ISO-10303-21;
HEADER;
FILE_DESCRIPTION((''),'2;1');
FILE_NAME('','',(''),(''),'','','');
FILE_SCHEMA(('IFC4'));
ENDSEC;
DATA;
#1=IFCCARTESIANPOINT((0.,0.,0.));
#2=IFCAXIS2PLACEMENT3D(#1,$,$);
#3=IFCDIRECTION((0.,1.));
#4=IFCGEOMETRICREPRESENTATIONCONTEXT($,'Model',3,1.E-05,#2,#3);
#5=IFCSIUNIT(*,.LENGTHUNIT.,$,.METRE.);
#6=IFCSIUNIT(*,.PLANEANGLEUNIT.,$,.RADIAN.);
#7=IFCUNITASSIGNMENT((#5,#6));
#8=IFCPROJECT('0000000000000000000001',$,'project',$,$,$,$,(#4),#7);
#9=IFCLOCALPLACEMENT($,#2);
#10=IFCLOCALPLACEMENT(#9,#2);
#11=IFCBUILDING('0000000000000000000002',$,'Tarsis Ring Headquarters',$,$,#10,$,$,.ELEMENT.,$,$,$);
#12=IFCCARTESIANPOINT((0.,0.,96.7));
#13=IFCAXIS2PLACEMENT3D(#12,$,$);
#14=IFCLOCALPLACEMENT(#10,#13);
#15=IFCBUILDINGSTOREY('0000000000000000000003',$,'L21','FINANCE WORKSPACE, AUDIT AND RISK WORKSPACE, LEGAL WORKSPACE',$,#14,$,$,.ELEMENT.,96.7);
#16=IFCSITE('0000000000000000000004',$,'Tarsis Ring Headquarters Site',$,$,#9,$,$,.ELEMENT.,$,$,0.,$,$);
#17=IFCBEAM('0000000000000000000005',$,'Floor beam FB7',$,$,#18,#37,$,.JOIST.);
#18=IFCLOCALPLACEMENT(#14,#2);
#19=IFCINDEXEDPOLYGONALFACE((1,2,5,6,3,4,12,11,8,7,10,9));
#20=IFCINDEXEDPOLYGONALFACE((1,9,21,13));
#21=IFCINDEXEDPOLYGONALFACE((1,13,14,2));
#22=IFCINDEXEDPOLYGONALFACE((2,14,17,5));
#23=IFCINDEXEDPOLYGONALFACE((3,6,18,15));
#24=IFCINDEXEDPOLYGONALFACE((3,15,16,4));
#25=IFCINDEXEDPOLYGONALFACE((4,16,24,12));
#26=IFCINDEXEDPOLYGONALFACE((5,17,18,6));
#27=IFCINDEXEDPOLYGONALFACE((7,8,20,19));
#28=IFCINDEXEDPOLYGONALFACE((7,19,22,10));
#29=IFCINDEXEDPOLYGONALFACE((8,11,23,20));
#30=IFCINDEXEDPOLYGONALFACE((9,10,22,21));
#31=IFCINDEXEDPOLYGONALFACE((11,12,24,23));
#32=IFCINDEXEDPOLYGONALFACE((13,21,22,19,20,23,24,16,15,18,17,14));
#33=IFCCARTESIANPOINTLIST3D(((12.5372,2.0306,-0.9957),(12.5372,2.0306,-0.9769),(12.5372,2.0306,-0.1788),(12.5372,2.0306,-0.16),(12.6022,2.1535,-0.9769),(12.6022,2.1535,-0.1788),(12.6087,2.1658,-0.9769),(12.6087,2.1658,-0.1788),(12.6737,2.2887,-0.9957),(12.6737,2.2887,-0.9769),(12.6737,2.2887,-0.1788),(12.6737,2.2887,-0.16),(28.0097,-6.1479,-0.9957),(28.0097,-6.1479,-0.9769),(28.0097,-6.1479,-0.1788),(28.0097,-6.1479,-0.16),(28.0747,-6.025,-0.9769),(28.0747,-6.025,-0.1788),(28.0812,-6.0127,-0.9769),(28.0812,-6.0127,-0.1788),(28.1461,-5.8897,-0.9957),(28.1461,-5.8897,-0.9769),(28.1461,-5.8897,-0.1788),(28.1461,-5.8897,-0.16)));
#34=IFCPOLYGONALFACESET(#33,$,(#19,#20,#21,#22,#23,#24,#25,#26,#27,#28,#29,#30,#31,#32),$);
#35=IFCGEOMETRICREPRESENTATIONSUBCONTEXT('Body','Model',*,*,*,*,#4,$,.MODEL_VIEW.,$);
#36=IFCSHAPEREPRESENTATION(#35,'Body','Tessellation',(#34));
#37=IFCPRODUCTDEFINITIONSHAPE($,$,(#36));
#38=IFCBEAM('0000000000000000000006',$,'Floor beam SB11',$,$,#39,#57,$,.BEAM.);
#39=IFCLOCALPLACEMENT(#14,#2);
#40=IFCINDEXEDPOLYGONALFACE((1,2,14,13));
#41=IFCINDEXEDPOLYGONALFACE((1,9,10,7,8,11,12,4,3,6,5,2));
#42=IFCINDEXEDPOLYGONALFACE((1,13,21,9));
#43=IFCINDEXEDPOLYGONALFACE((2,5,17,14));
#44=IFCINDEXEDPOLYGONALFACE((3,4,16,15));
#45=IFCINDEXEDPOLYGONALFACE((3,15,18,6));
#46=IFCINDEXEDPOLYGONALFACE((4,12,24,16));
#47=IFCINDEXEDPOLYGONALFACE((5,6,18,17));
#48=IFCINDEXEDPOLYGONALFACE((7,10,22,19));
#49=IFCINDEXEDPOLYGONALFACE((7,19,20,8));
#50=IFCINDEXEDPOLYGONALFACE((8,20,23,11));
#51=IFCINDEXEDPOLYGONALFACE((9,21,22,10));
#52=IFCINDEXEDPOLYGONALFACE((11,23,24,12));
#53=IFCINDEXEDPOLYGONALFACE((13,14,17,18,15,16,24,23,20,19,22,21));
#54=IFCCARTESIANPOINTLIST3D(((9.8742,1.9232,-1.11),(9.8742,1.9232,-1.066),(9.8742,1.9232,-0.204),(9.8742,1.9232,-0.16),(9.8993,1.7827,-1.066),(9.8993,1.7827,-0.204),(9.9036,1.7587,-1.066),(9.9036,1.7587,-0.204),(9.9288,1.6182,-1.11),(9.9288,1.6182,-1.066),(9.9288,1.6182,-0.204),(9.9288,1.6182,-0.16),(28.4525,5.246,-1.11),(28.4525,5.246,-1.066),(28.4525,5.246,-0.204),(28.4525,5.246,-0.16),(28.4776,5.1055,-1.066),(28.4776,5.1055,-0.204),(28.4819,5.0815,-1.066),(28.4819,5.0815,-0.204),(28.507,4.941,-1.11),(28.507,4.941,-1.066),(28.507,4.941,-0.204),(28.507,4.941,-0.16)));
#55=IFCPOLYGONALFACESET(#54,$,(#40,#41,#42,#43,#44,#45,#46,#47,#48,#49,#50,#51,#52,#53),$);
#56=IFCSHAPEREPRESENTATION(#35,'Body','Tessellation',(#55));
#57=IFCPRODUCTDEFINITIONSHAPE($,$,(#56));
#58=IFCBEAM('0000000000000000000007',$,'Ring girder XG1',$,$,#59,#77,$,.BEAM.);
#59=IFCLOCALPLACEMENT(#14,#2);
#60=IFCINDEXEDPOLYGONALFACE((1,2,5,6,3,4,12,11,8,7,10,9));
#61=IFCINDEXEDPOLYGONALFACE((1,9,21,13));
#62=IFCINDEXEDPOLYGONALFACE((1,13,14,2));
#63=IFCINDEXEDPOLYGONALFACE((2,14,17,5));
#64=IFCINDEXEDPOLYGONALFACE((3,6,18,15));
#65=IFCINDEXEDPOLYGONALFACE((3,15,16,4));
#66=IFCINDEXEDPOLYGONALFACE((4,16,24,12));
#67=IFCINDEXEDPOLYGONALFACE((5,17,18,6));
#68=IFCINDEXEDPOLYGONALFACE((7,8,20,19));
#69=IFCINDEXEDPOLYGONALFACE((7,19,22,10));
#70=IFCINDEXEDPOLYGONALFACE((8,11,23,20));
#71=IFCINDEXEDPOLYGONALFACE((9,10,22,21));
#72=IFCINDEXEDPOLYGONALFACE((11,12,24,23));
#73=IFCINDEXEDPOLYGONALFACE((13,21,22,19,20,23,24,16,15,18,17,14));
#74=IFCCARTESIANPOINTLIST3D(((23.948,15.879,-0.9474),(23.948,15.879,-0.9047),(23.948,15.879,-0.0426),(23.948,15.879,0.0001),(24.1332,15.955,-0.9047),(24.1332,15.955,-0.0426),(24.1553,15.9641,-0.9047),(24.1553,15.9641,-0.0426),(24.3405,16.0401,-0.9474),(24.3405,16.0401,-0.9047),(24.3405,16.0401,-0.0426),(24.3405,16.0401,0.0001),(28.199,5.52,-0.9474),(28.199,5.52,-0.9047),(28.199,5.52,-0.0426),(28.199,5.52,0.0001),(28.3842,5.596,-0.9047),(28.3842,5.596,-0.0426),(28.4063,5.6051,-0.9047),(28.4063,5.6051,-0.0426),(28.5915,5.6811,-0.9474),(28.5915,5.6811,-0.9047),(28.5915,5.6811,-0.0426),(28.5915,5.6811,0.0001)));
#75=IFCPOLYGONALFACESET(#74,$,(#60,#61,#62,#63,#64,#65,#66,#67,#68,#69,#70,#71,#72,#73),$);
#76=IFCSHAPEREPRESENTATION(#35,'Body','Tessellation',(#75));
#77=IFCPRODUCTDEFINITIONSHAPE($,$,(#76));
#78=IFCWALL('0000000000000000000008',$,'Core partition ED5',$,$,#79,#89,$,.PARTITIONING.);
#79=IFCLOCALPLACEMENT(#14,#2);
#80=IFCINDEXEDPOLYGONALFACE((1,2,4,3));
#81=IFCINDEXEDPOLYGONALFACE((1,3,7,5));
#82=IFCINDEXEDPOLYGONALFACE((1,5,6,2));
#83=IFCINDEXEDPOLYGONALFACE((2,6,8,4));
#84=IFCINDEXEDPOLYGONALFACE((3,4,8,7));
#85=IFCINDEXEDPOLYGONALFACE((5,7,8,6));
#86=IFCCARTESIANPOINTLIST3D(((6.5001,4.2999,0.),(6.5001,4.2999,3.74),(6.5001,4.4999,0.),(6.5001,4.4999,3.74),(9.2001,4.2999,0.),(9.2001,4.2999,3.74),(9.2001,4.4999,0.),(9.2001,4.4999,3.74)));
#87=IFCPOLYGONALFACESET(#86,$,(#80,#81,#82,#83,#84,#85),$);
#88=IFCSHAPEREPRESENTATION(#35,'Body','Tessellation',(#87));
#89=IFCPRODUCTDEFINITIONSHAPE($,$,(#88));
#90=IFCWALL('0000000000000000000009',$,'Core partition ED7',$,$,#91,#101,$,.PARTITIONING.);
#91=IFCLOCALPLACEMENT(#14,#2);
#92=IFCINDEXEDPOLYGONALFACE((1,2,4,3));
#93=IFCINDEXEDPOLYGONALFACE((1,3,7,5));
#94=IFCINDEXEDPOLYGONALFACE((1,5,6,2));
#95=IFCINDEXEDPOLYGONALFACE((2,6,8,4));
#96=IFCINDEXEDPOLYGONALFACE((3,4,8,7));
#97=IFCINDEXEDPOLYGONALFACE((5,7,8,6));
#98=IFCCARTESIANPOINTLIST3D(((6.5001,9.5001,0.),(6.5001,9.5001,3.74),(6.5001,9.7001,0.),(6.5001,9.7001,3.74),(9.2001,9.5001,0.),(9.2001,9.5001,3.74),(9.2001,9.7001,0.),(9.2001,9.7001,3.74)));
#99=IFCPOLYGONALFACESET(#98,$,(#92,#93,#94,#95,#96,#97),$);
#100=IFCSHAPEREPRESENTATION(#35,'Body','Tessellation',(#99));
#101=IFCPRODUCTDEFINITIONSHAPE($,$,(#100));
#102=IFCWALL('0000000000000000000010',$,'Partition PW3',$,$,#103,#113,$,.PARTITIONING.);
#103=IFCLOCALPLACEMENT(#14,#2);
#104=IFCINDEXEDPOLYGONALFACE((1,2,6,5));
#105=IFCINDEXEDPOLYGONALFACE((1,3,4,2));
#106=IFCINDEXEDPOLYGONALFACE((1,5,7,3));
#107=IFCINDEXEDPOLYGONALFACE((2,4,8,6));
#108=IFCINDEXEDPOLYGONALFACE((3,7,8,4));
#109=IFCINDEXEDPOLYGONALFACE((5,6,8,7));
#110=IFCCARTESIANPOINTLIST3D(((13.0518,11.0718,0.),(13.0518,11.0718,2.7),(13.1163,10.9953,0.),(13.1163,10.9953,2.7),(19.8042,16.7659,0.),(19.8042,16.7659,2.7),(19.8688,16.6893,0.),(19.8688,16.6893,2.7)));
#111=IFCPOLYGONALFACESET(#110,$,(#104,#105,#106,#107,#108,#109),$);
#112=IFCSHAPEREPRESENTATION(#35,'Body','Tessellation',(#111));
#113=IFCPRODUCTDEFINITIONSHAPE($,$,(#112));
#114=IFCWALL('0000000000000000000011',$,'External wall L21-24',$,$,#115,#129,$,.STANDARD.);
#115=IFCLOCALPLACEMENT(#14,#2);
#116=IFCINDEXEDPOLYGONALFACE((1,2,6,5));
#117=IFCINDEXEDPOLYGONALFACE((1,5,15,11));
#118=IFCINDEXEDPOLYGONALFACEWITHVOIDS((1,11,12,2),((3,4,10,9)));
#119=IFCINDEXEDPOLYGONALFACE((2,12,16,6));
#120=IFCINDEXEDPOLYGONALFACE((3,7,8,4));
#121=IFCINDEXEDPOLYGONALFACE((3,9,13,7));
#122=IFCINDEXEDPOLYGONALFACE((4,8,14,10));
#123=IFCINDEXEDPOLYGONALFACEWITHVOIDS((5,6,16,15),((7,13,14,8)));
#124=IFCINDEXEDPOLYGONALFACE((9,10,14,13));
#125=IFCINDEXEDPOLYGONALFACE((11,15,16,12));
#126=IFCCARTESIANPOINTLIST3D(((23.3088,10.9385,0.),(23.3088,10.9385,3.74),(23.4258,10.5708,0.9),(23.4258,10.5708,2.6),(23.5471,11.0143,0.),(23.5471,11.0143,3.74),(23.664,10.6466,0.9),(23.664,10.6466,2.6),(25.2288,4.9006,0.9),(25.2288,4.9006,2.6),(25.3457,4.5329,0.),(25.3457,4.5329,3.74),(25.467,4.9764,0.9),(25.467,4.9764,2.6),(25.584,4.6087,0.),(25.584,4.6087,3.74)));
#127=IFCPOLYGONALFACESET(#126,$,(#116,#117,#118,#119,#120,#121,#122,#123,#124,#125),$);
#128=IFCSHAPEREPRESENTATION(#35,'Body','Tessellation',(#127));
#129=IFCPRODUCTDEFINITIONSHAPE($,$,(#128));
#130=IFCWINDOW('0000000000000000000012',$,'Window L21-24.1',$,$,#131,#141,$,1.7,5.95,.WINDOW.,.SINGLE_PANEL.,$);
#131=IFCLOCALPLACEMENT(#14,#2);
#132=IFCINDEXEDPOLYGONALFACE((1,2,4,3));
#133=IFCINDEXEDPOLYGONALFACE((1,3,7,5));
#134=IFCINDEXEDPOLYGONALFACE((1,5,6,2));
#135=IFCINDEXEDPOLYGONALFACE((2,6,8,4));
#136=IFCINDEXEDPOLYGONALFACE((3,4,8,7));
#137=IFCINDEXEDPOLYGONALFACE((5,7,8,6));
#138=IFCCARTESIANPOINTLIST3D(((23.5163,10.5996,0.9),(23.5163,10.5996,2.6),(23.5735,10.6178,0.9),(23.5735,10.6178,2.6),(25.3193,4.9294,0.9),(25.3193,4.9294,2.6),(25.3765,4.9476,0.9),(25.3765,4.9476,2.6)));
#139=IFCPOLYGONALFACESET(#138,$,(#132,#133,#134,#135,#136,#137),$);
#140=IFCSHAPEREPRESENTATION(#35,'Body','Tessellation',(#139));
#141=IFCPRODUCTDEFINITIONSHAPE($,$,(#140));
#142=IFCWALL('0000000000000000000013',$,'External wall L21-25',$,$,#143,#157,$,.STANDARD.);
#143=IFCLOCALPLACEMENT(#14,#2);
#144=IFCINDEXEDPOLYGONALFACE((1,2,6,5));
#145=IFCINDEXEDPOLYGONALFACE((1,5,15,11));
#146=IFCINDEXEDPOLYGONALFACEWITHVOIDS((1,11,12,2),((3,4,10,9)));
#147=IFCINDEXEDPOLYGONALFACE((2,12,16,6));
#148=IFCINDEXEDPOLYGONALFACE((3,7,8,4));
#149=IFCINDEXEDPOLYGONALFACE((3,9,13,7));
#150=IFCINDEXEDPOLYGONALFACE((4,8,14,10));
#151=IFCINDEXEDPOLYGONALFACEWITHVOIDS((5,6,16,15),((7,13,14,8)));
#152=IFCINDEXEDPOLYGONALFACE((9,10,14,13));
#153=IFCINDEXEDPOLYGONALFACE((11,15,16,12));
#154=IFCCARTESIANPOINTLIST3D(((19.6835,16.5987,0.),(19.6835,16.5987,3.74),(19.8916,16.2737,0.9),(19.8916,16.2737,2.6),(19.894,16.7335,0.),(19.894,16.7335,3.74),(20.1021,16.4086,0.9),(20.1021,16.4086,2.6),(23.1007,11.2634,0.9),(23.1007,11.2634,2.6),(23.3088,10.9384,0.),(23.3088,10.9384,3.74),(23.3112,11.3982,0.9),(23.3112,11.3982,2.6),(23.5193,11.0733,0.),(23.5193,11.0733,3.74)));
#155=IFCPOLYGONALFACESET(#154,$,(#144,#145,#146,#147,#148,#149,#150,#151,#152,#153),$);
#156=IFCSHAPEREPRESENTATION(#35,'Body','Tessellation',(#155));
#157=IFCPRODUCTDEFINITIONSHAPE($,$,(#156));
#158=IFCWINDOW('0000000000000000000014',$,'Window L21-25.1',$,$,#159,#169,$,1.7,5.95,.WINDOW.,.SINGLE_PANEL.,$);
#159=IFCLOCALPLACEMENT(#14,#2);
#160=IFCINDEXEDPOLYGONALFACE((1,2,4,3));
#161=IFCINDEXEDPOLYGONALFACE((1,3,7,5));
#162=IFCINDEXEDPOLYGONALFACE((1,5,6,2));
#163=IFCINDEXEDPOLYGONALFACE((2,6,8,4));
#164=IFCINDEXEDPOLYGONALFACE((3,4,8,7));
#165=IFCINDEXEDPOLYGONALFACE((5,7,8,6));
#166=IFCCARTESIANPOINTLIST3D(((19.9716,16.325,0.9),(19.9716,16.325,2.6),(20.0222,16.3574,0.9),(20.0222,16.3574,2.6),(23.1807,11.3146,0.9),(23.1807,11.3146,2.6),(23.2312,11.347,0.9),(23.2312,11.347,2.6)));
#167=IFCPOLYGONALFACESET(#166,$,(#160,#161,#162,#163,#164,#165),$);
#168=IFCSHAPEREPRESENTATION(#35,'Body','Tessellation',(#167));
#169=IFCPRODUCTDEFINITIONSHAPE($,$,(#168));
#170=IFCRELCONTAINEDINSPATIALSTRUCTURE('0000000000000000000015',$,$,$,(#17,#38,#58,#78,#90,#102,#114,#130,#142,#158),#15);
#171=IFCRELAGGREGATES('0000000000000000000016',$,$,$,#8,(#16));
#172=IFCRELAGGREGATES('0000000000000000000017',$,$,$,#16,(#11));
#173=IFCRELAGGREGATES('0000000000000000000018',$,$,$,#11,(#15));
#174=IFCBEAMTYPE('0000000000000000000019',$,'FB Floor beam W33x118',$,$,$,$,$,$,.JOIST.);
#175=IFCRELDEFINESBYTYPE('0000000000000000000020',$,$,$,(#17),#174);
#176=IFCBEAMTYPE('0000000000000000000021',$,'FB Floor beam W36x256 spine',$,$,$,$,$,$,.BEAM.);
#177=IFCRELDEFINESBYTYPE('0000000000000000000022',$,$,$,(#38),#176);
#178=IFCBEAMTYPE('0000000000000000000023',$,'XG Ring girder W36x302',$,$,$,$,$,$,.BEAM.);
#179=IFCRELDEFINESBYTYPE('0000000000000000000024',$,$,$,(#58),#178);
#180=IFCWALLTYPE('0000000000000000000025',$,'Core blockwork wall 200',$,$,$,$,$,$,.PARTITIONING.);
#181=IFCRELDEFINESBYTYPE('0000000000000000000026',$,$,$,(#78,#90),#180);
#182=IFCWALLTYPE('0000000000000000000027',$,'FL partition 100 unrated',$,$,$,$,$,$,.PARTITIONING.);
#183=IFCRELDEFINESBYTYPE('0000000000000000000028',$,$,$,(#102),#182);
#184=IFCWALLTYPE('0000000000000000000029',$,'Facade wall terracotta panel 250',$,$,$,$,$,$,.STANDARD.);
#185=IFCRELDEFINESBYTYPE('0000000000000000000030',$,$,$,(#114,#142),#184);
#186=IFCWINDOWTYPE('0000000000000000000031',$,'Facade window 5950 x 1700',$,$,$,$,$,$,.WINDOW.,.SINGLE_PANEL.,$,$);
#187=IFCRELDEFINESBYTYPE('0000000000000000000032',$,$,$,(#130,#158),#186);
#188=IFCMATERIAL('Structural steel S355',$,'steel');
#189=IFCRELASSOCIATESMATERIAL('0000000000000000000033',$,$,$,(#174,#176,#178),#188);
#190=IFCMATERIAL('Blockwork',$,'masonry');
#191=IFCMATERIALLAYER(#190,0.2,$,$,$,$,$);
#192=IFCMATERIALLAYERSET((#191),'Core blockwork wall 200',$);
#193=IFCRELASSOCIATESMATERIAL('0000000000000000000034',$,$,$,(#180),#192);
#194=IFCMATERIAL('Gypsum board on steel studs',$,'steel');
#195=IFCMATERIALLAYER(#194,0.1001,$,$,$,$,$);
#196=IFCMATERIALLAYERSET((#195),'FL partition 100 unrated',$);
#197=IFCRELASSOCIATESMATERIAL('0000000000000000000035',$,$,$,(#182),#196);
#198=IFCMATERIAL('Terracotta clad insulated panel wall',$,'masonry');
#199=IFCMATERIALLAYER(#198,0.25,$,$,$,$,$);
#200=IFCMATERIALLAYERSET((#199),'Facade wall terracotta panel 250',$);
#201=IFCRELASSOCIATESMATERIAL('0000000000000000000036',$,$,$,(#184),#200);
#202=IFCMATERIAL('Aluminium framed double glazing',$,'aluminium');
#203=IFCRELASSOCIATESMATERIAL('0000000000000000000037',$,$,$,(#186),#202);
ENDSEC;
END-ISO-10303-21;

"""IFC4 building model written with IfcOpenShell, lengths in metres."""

from ifc_helpers import new_model, si_unit, direction, frame, frame_2d, origin, origin_2d, place, context, subcontext, project, spatial, rectangle, i_section, extrude, material, layer, layer_set, material_profile, profile_set, type_object, element, fill, save


model = new_model("IFC4")

# Units and contexts
model_context = context("Model", 3, precision=1e-05, world=origin(), true_north=direction((0.0, 1.0)))
body_context = subcontext(model_context, "Body", "Model", "MODEL_VIEW")
ifc_project = project(units=[si_unit("LENGTHUNIT", "METRE"), si_unit("PLANEANGLEUNIT", "RADIAN")], contexts=[model_context])

# Site, building, storey
site_placement = place(None, origin())
site = spatial("IfcSite", under=ifc_project, at=site_placement, Name="Tarsis Ring Headquarters Site", CompositionType="ELEMENT", RefElevation=0.0)
building_placement = place(site_placement, origin())
building = spatial("IfcBuilding", under=site, at=building_placement, Name="Tarsis Ring Headquarters", CompositionType="ELEMENT")
storey_placement = place(building_placement, frame((0.0, 0.0, 96.7)))
storey = spatial("IfcBuildingStorey", under=building, at=storey_placement, Name="L21", Description="FINANCE WORKSPACE, AUDIT AND RISK WORKSPACE, LEGAL WORKSPACE", CompositionType="ELEMENT", Elevation=96.7)

# Shared definitions
ifc_material_1 = material(Name="Structural steel S355", Category="steel")

# Beams
ifc_material_profile_1 = material_profile(ifc_material_1, i_section(OverallWidth=0.292, OverallDepth=0.8357, WebThickness=0.0139, FlangeThickness=0.0188, at=origin_2d()), Name="W33x118")
ifc_profile_set_1 = profile_set([ifc_material_profile_1], Name="Structural steel S355")
beam_type_1 = type_object("IfcBeamType", Name="FB Floor beam W33x118", PredefinedType="JOIST", material=ifc_profile_set_1)
beam_1_placement = place(storey_placement, frame((12.6055, 2.1597, -0.5779), z_axis=(0.88409, -0.467316, 0.0), x_axis=(0.467316, 0.88409, 0.0)))
element("IfcBeam", 1, at=beam_1_placement, inside=storey, type_object=beam_type_1, Name="Floor beam FB7", PredefinedType="JOIST", context=body_context, shape_type="SweptSolid", body=[
    extrude(i_section(OverallWidth=0.292, OverallDepth=0.8357, WebThickness=0.0139, FlangeThickness=0.0188, at=origin_2d()), origin(), (0.0, 0.0, 1.0), 17.501),
])
ifc_material_profile_2 = material_profile(ifc_material_1, i_section(OverallWidth=0.3098, OverallDepth=0.95, WebThickness=0.0244, FlangeThickness=0.0439, at=origin_2d()), Name="W36x256")
ifc_profile_set_2 = profile_set([ifc_material_profile_2], Name="Structural steel S355")
beam_type_2 = type_object("IfcBeamType", Name="FB Floor beam W36x256 spine", PredefinedType="BEAM", material=ifc_profile_set_2)
beam_2_placement = place(storey_placement, frame((28.4797, 5.0935, -0.635), z_axis=(-0.98438, -0.176059, 0.0), x_axis=(0.176059, -0.98438, 0.0)))
element("IfcBeam", 2, at=beam_2_placement, inside=storey, type_object=beam_type_2, Name="Floor beam SB11", PredefinedType="BEAM", context=body_context, shape_type="SweptSolid", body=[
    extrude(i_section(OverallWidth=0.3098, OverallDepth=0.95, WebThickness=0.0244, FlangeThickness=0.0439, at=origin_2d()), origin(), (0.0, 0.0, 1.0), 18.873),
])
ifc_material_profile_3 = material_profile(ifc_material_1, i_section(OverallWidth=0.4243, OverallDepth=0.9475, WebThickness=0.0239, FlangeThickness=0.0427, at=origin_2d()), Name="W36x302")
ifc_profile_set_3 = profile_set([ifc_material_profile_3], Name="Structural steel S355")
beam_type_3 = type_object("IfcBeamType", Name="XG Ring girder W36x302", PredefinedType="BEAM", material=ifc_profile_set_3)
beam_3_placement = place(storey_placement, frame((28.3953, 5.6006, -0.4736), z_axis=(-0.379646, 0.925132, 0.0), x_axis=(-0.925132, -0.379646, 0.0)))
element("IfcBeam", 3, at=beam_3_placement, inside=storey, type_object=beam_type_3, Name="Ring girder XG1", PredefinedType="BEAM", context=body_context, shape_type="SweptSolid", body=[
    extrude(i_section(OverallWidth=0.4243, OverallDepth=0.9475, WebThickness=0.0239, FlangeThickness=0.0427, at=origin_2d()), origin(), (0.0, 0.0, 1.0), 11.1973),
])

# Walls
ifc_material_2 = material(Name="Blockwork", Category="masonry")
ifc_layer_1 = layer(ifc_material_2, 0.2)
ifc_layer_set_1 = layer_set([ifc_layer_1], Name="Core blockwork wall 200")
wall_type_1 = type_object("IfcWallType", Name="Core blockwork wall 200", PredefinedType="PARTITIONING", material=ifc_layer_set_1)
for number, where, z_axis, x_axis, name in (
    (4, (6.5, 4.3999, 0.0), (0.0, 0.0, 1.0), (1.0, 0.0, 0.0), "Core partition ED5"),
    (5, (6.5, 9.6001, 0.0), (0.0, 0.0, 1.0), (1.0, 0.0, 0.0), "Core partition ED7"),
):
    element("IfcWall", number, at=place(storey_placement, frame(where, z_axis=z_axis, x_axis=x_axis)), inside=storey, type_object=wall_type_1, Name=name, PredefinedType="PARTITIONING", context=body_context, shape_type="SweptSolid", body=[
        extrude(rectangle(XDim=2.7, YDim=0.2, at=frame_2d((1.3501, 0.0))), origin(), (0.0, 0.0, 1.0), 3.74),
    ])
ifc_material_3 = material(Name="Gypsum board on steel studs", Category="steel")
ifc_layer_2 = layer(ifc_material_3, 0.1001)
ifc_layer_set_2 = layer_set([ifc_layer_2], Name="FL partition 100 unrated")
wall_type_2 = type_object("IfcWallType", Name="FL partition 100 unrated", PredefinedType="PARTITIONING", material=ifc_layer_set_2)
wall_1_placement = place(storey_placement, frame((13.084, 11.0334, 0.0), z_axis=(0.0, 0.0, 1.0), x_axis=(0.764475, 0.644654, 0.0)))
element("IfcWall", 6, at=wall_1_placement, inside=storey, type_object=wall_type_2, Name="Partition PW3", PredefinedType="PARTITIONING", context=body_context, shape_type="SweptSolid", body=[
    extrude(rectangle(XDim=8.8328, YDim=0.1001, at=frame_2d((4.4165, 0.0))), origin(), (0.0, 0.0, 1.0), 2.7),
])

# Walls, openings, windows
ifc_material_4 = material(Name="Terracotta clad insulated panel wall", Category="masonry")
ifc_layer_3 = layer(ifc_material_4, 0.25)
ifc_layer_set_3 = layer_set([ifc_layer_3], Name="Facade wall terracotta panel 250")
wall_type_3 = type_object("IfcWallType", Name="Facade wall terracotta panel 250", PredefinedType="STANDARD", material=ifc_layer_set_3)
wall_2_placement = place(storey_placement, frame((25.4648, 4.5708, 0.0), z_axis=(0.0, 0.0, 1.0), x_axis=(-0.303034, 0.95298, 0.0)))
wall_2 = element("IfcWall", 7, at=wall_2_placement, inside=storey, type_object=wall_type_3, Name="External wall L21-24", PredefinedType="STANDARD", context=body_context, shape_type="SweptSolid", body=[
    extrude(rectangle(XDim=6.7217, YDim=0.25, at=frame_2d((3.3608, 0.0))), origin(), (0.0, 0.0, 1.0), 3.74),
])
opening_1_placement = place(wall_2_placement, frame((0.3857, 0.0, 0.8999)))
opening_1 = element("IfcOpeningElement", 8, at=opening_1_placement, cuts=wall_2, PredefinedType="OPENING", context=body_context, shape_type="SweptSolid", body=[
    extrude(rectangle(XDim=5.95, YDim=1.7, at=frame_2d((2.9751, 0.8501))), frame((0.0, 0.135, 0.0), z_axis=(0.0, -1.0, 0.0), x_axis=(1.0, 0.0, 0.0)), (0.0, 0.0, 1.0), 0.27),
])
ifc_material_5 = material(Name="Aluminium framed double glazing", Category="aluminium")
window_type = type_object("IfcWindowType", Name="Facade window 5950 x 1700", PartitioningType="SINGLE_PANEL", PredefinedType="WINDOW", material=ifc_material_5)
window_1_placement = place(opening_1_placement, origin())
window_1 = element("IfcWindow", 9, at=window_1_placement, inside=storey, type_object=window_type, Name="Window L21-24.1", OverallHeight=1.7, OverallWidth=5.95, PartitioningType="SINGLE_PANEL", PredefinedType="WINDOW", context=body_context, shape_type="SweptSolid", body=[
    extrude(rectangle(XDim=5.95, YDim=1.7, at=frame_2d((2.9751, 0.8501))), frame((0.0, 0.03, 0.0), z_axis=(0.0, -1.0, 0.0), x_axis=(1.0, 0.0, 0.0)), (0.0, 0.0, 1.0), 0.0601),
])
fill(opening_1, window_1)
wall_3_placement = place(storey_placement, frame((23.4141, 11.0059, 0.0), z_axis=(0.0, 0.0, 1.0), x_axis=(-0.539343, 0.842086, 0.0)))
wall_3 = element("IfcWall", 10, at=wall_3_placement, inside=storey, type_object=wall_type_3, Name="External wall L21-25", PredefinedType="STANDARD", context=body_context, shape_type="SweptSolid", body=[
    extrude(rectangle(XDim=6.7217, YDim=0.25, at=frame_2d((3.3608, 0.0))), origin(), (0.0, 0.0, 1.0), 3.74),
])
opening_2_placement = place(wall_3_placement, frame((0.3857, 0.0, 0.8999)))
opening_2 = element("IfcOpeningElement", 11, at=opening_2_placement, cuts=wall_3, PredefinedType="OPENING", context=body_context, shape_type="SweptSolid", body=[
    extrude(rectangle(XDim=5.95, YDim=1.7, at=frame_2d((2.9751, 0.8501))), frame((0.0, 0.135, 0.0), z_axis=(0.0, -1.0, 0.0), x_axis=(1.0, 0.0, 0.0)), (0.0, 0.0, 1.0), 0.27),
])
window_2_placement = place(opening_2_placement, origin())
window_2 = element("IfcWindow", 12, at=window_2_placement, inside=storey, type_object=window_type, Name="Window L21-25.1", OverallHeight=1.7, OverallWidth=5.95, PartitioningType="SINGLE_PANEL", PredefinedType="WINDOW", context=body_context, shape_type="SweptSolid", body=[
    extrude(rectangle(XDim=5.95, YDim=1.7, at=frame_2d((2.9751, 0.8501))), frame((0.0, 0.03, 0.0), z_axis=(0.0, -1.0, 0.0), x_axis=(1.0, 0.0, 0.0)), (0.0, 0.0, 1.0), 0.0601),
])
fill(opening_2, window_2)

save(model, "model.ifc")
